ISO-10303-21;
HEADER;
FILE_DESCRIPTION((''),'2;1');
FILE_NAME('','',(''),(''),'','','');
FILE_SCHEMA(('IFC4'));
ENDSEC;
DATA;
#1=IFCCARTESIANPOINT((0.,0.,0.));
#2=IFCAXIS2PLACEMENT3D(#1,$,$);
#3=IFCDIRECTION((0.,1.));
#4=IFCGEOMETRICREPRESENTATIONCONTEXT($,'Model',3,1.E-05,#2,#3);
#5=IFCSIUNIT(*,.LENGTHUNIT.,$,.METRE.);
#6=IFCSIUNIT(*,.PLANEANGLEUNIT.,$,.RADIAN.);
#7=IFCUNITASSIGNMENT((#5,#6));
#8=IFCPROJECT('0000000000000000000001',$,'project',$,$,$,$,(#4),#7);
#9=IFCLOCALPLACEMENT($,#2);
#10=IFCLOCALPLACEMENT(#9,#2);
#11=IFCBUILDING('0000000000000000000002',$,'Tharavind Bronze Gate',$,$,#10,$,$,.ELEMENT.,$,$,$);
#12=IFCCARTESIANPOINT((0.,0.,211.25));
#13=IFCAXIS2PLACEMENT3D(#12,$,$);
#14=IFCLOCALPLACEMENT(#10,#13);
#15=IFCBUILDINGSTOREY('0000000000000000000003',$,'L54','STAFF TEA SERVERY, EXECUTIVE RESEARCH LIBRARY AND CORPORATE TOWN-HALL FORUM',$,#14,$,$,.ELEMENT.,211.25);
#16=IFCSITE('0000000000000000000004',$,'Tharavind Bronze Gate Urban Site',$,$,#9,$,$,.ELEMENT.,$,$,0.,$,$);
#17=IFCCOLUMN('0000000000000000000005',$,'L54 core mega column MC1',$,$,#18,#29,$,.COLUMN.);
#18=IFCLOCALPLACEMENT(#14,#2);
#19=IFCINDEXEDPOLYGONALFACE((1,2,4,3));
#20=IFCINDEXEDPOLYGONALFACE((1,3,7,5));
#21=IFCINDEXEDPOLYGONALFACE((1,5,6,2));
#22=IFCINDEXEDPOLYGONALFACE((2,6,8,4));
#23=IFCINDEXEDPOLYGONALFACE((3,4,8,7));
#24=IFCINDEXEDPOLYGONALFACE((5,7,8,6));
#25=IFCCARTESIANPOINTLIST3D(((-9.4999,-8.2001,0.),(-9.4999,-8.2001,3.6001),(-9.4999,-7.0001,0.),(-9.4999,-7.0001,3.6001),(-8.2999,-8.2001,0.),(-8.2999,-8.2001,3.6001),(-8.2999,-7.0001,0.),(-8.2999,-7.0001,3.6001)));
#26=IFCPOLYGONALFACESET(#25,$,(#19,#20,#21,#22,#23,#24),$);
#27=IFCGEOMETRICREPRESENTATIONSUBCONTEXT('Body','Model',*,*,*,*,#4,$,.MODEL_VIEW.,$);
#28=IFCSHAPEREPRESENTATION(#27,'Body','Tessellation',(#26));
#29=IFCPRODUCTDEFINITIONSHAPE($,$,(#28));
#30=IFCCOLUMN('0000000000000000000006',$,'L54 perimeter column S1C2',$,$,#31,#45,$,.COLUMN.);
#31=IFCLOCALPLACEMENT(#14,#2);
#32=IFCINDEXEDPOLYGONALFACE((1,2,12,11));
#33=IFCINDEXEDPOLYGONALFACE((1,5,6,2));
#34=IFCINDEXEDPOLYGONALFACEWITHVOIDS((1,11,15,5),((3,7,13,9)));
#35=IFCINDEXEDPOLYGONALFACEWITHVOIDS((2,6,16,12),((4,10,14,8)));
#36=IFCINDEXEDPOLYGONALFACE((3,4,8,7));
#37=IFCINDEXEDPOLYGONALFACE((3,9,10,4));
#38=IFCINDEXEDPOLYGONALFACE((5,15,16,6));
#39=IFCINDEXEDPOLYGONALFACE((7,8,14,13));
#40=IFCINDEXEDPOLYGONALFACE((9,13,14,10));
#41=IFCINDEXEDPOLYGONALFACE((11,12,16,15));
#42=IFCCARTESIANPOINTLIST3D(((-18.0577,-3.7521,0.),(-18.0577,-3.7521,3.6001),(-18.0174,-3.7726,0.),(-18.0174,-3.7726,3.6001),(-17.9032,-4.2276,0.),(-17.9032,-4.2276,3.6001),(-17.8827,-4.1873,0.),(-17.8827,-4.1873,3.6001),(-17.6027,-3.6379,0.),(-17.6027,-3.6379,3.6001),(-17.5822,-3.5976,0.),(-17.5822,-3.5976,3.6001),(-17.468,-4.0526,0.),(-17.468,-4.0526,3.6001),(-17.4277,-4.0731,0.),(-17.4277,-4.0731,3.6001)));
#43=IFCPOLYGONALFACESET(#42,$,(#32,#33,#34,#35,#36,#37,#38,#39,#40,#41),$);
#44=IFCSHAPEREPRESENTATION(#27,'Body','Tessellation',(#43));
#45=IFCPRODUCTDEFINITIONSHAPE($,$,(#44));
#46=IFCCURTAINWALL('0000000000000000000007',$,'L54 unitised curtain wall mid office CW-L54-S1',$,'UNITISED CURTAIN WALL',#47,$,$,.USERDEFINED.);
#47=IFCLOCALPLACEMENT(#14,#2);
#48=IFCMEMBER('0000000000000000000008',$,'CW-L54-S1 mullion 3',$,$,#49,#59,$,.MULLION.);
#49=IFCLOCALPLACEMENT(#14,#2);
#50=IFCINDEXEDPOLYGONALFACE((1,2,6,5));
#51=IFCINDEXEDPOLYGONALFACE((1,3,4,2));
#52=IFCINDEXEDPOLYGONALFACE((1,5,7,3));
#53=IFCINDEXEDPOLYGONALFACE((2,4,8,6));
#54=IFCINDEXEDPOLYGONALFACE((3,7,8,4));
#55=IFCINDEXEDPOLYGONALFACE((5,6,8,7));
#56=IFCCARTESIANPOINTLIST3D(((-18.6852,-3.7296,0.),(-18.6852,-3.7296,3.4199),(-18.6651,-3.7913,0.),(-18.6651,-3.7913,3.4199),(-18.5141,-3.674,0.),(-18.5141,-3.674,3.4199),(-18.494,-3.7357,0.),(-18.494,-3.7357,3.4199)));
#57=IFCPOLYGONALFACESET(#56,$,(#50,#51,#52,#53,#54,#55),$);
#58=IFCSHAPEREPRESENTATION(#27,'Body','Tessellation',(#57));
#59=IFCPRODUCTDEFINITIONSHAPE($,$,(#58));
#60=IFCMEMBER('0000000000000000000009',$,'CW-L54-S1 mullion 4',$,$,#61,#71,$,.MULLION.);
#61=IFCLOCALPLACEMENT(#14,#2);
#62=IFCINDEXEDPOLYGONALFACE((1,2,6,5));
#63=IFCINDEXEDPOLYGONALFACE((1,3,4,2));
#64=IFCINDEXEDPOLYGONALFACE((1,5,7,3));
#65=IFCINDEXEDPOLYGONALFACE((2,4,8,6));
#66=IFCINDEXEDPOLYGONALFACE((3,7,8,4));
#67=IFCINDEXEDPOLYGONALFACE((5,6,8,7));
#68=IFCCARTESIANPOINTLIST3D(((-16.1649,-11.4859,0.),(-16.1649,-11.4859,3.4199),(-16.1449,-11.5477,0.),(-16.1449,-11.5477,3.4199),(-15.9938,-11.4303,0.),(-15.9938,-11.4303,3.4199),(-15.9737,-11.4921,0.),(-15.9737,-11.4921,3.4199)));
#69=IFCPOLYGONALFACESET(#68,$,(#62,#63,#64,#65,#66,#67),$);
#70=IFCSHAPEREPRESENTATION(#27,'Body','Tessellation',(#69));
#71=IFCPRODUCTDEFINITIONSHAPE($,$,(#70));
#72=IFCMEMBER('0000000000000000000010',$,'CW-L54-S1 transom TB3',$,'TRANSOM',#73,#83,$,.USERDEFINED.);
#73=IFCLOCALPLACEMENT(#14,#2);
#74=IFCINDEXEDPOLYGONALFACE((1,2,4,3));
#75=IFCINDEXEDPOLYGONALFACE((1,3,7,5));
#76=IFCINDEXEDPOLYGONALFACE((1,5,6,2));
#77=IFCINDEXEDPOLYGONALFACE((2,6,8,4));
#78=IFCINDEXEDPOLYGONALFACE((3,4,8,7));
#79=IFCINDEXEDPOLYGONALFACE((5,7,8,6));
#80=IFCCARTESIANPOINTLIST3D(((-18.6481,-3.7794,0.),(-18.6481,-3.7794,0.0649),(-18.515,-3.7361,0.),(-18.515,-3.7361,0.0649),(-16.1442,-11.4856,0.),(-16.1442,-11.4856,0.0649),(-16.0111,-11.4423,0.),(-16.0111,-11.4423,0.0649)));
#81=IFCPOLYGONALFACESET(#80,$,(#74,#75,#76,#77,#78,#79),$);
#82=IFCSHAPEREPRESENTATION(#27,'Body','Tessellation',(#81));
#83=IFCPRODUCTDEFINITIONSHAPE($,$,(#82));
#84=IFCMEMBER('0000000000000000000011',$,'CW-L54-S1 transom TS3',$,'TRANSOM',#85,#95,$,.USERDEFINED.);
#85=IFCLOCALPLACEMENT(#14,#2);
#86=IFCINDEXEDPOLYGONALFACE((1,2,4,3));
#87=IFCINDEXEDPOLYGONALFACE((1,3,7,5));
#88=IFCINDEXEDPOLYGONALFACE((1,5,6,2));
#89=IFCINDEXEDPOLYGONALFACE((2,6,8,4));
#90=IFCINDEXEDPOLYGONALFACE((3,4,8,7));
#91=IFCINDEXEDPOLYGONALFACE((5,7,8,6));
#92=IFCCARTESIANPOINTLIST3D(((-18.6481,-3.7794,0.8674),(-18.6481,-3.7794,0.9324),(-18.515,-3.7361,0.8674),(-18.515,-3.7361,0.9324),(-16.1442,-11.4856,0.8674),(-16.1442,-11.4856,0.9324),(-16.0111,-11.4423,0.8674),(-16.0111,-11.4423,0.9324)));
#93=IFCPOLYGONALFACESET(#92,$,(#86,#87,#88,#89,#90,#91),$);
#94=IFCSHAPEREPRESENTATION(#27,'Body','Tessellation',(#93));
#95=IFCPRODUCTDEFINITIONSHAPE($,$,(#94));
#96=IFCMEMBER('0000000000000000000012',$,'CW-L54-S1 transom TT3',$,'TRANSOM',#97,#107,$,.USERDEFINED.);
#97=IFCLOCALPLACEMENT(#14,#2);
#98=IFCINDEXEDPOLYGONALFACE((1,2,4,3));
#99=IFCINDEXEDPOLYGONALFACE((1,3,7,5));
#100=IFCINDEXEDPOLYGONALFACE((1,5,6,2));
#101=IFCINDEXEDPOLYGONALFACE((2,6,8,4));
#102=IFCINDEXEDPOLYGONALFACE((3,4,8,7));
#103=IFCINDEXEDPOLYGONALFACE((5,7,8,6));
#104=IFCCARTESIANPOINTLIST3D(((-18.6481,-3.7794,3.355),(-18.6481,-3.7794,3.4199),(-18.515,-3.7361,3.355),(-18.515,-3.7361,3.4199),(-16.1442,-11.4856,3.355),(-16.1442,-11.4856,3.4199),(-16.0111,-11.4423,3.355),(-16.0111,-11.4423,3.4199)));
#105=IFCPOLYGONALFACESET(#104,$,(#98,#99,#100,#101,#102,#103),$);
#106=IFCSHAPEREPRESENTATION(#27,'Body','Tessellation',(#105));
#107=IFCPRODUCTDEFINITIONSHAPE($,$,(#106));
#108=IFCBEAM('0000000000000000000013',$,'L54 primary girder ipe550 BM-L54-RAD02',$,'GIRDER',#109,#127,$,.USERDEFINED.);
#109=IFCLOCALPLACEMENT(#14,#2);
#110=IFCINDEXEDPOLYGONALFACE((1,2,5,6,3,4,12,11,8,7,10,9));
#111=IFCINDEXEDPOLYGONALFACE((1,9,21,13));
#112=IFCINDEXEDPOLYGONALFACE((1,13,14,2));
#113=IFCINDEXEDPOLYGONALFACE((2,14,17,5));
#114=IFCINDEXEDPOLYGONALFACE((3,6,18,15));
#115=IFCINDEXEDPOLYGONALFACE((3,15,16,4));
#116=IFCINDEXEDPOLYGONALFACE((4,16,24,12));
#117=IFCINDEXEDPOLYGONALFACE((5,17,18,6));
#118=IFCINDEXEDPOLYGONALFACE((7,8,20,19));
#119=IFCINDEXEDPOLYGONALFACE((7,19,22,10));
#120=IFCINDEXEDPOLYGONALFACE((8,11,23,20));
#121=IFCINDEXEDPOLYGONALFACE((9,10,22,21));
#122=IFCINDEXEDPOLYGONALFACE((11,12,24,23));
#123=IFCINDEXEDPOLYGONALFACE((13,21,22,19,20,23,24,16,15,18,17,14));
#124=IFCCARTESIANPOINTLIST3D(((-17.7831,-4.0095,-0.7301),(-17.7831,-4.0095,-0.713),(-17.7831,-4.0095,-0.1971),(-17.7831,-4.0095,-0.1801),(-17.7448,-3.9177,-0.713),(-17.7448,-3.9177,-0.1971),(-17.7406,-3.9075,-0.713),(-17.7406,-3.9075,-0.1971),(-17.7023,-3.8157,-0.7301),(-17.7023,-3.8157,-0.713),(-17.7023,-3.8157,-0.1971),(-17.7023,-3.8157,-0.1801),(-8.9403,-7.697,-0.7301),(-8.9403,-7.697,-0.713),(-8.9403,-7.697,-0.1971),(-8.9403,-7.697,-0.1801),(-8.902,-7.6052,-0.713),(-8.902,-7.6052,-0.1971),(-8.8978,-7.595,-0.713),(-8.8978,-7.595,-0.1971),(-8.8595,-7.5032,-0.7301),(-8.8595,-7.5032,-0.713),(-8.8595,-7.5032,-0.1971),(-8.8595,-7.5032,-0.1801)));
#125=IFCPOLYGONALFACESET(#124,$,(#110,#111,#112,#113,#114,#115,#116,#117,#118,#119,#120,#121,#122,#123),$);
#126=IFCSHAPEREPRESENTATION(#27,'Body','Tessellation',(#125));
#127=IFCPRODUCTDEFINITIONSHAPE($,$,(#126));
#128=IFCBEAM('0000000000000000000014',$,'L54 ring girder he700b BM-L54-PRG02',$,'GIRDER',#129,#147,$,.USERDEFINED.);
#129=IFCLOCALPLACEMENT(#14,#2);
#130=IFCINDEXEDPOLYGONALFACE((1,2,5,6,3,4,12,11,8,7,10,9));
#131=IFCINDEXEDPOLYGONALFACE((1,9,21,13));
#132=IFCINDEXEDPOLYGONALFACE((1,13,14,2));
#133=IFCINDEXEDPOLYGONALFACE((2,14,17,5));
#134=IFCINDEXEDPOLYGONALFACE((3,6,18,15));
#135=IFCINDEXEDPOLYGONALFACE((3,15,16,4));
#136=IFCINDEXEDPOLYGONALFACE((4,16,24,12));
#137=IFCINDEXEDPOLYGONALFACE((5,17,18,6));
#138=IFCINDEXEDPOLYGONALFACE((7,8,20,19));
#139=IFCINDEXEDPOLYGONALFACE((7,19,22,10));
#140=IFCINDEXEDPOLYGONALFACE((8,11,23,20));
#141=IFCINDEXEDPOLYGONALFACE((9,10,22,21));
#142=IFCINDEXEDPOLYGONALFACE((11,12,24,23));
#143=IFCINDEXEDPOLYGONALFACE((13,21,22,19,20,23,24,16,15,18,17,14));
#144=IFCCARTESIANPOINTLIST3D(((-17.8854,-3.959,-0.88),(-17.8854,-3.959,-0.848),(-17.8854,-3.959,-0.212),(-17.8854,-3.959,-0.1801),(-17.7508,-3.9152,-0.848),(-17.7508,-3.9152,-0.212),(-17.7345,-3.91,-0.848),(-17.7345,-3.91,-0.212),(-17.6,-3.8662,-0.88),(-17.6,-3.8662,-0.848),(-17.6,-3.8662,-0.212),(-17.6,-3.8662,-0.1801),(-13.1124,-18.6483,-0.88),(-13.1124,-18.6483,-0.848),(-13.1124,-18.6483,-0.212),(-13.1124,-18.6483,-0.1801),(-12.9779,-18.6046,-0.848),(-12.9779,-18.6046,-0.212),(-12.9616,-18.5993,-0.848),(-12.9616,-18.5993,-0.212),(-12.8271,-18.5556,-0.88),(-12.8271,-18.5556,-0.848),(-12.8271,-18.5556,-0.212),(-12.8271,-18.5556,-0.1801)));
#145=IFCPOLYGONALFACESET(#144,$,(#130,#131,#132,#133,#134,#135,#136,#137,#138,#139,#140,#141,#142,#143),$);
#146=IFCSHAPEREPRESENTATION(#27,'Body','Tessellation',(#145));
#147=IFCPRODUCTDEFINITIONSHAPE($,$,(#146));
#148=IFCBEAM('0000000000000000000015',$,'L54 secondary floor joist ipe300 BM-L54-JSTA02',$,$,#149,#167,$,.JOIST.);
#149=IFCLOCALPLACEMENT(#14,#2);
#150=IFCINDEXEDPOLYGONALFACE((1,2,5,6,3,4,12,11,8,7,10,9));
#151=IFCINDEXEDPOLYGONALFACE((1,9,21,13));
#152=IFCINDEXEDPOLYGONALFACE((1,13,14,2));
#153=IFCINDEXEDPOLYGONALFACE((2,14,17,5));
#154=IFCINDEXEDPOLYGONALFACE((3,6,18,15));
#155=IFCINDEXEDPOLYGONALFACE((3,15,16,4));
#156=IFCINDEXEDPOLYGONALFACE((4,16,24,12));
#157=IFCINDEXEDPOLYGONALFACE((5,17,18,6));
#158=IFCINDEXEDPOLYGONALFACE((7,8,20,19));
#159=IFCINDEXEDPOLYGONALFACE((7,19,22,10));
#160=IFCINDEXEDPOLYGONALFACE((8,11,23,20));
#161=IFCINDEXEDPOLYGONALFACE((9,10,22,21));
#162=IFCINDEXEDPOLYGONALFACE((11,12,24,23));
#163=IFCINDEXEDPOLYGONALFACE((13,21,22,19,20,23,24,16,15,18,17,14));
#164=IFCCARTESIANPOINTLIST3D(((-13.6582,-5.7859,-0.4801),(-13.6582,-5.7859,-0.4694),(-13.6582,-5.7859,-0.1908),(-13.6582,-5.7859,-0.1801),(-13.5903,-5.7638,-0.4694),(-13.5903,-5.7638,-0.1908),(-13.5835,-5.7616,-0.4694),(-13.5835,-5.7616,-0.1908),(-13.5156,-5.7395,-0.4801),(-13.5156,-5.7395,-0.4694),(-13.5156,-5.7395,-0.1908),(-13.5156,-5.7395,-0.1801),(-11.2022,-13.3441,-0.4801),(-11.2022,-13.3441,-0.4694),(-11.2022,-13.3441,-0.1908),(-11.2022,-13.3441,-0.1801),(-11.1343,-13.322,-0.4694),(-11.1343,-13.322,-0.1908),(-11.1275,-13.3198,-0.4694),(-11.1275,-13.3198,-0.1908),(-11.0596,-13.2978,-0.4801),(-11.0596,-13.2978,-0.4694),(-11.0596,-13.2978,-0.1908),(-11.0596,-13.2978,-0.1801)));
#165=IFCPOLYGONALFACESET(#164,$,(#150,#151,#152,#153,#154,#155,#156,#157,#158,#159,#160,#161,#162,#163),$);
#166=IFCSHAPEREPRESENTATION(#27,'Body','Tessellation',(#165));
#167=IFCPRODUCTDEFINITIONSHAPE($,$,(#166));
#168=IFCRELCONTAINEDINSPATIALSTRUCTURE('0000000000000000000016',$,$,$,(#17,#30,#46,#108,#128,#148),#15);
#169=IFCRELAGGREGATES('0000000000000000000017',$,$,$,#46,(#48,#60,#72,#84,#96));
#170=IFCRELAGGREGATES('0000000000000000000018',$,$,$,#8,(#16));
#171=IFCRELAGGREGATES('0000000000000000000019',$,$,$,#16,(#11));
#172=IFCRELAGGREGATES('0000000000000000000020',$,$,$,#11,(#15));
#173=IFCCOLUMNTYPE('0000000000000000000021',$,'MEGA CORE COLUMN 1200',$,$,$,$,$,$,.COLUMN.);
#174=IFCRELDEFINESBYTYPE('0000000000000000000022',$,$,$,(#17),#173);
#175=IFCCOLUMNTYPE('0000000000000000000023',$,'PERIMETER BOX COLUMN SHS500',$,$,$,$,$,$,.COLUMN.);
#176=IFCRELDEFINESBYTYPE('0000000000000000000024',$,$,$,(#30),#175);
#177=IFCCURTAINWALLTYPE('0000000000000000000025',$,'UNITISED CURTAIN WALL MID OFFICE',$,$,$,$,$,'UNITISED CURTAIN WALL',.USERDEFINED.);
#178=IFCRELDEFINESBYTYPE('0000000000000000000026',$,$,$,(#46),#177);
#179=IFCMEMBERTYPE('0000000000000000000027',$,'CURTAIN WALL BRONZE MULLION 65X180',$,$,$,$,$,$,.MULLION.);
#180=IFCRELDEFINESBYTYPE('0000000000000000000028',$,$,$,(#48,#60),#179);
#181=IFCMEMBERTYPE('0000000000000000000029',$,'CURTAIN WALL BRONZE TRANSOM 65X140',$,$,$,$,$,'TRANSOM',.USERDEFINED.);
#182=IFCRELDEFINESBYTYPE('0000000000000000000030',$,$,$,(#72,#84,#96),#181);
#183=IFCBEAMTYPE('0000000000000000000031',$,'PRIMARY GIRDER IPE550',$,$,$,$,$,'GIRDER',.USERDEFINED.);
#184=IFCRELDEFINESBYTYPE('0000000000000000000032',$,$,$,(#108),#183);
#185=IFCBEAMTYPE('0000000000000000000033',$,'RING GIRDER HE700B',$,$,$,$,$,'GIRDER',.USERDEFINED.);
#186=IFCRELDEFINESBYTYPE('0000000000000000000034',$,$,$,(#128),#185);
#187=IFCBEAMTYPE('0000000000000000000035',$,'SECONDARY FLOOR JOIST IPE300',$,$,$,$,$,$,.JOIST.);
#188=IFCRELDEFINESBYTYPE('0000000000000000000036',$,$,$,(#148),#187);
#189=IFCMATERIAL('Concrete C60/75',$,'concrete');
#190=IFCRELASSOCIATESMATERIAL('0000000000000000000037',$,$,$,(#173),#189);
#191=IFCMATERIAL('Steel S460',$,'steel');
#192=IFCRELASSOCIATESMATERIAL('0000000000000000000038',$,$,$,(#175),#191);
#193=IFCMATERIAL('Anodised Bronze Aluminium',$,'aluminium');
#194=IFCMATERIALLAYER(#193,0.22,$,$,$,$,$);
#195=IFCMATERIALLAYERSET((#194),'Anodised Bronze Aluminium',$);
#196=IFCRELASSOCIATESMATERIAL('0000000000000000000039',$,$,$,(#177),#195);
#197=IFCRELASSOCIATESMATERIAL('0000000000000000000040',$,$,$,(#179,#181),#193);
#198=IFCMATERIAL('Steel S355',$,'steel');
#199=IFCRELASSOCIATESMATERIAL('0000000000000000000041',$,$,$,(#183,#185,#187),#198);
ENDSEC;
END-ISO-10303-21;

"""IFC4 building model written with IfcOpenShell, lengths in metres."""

from ifc_helpers import new_model, si_unit, direction, frame, origin, origin_2d, place, context, subcontext, project, spatial, rectangle, hollow_rectangle, i_section, extrude, material, layer, layer_set, material_profile, profile_set, type_object, element, aggregate, save


model = new_model("IFC4")

# Units and contexts
model_context = context("Model", 3, precision=1e-05, world=origin(), true_north=direction((0.0, 1.0)))
body_context = subcontext(model_context, "Body", "Model", "MODEL_VIEW")
ifc_project = project(units=[si_unit("LENGTHUNIT", "METRE"), si_unit("PLANEANGLEUNIT", "RADIAN")], contexts=[model_context])

# Site, building, storey
site_placement = place(None, origin())
site = spatial("IfcSite", under=ifc_project, at=site_placement, Name="Tharavind Bronze Gate Urban Site", CompositionType="ELEMENT", RefElevation=0.0)
building_placement = place(site_placement, origin())
building = spatial("IfcBuilding", under=site, at=building_placement, Name="Tharavind Bronze Gate", CompositionType="ELEMENT")
storey_placement = place(building_placement, frame((0.0, 0.0, 211.25)))
storey = spatial("IfcBuildingStorey", under=building, at=storey_placement, Name="L54", Description="STAFF TEA SERVERY, EXECUTIVE RESEARCH LIBRARY AND CORPORATE TOWN-HALL FORUM", CompositionType="ELEMENT", Elevation=211.25)

# Columns
ifc_material_1 = material(Name="Concrete C60/75", Category="concrete")
ifc_material_profile_1 = material_profile(ifc_material_1, rectangle(XDim=1.2, YDim=1.2, at=origin_2d()), Name="RCCOL1200")
ifc_profile_set_1 = profile_set([ifc_material_profile_1], Name="Concrete C60/75")
column_type_1 = type_object("IfcColumnType", Name="MEGA CORE COLUMN 1200", PredefinedType="COLUMN", material=ifc_profile_set_1)
column_1_placement = place(storey_placement, frame((-8.8999, -7.6001, 0.0), z_axis=(0.0, 0.0, 1.0), x_axis=(1.0, 0.0, 0.0)))
element("IfcColumn", 1, at=column_1_placement, inside=storey, type_object=column_type_1, Name="L54 core mega column MC1", PredefinedType="COLUMN", context=body_context, shape_type="SweptSolid", body=[
    extrude(rectangle(XDim=1.2, YDim=1.2, at=origin_2d()), origin(), (0.0, 0.0, 1.0), 3.6001),
])
ifc_material_2 = material(Name="Steel S460", Category="steel")
ifc_material_profile_2 = material_profile(ifc_material_2, hollow_rectangle(XDim=0.5, YDim=0.5, WallThickness=0.032, at=origin_2d()), Name="SHS500X32")
ifc_profile_set_2 = profile_set([ifc_material_profile_2], Name="Steel S460")
column_type_2 = type_object("IfcColumnType", Name="PERIMETER BOX COLUMN SHS500", PredefinedType="COLUMN", material=ifc_profile_set_2)
column_2_placement = place(storey_placement, frame((-17.7427, -3.9126, 0.0), z_axis=(0.0, 0.0, 1.0), x_axis=(-0.309017, 0.951057, 0.0)))
element("IfcColumn", 2, at=column_2_placement, inside=storey, type_object=column_type_2, Name="L54 perimeter column S1C2", PredefinedType="COLUMN", context=body_context, shape_type="SweptSolid", body=[
    extrude(hollow_rectangle(XDim=0.5, YDim=0.5, WallThickness=0.032, at=origin_2d()), origin(), (0.0, 0.0, 1.0), 3.6001),
])

# Curtain wall, members
ifc_material_3 = material(Name="Anodised Bronze Aluminium", Category="aluminium")
ifc_layer_1 = layer(ifc_material_3, 0.22)
ifc_layer_set_1 = layer_set([ifc_layer_1], Name="Anodised Bronze Aluminium")
curtain_wall_type = type_object("IfcCurtainWallType", Name="UNITISED CURTAIN WALL MID OFFICE", ElementType="UNITISED CURTAIN WALL", PredefinedType="USERDEFINED", material=ifc_layer_set_1)
curtain_wall_placement = place(storey_placement, origin())
curtain_wall = element("IfcCurtainWall", 3, at=curtain_wall_placement, inside=storey, type_object=curtain_wall_type, Name="L54 unitised curtain wall mid office CW-L54-S1", ObjectType="UNITISED CURTAIN WALL", PredefinedType="USERDEFINED")
member_type_1 = type_object("IfcMemberType", Name="CURTAIN WALL BRONZE MULLION 65X180", PredefinedType="MULLION", material=ifc_material_3)
member_1_placement = place(storey_placement, frame((-18.5896, -3.7327, 0.0), z_axis=(0.0, 0.0, 1.0), x_axis=(0.309017, -0.951057, 0.0)))
member_1 = element("IfcMember", 4, at=member_1_placement, type_object=member_type_1, Name="CW-L54-S1 mullion 3", PredefinedType="MULLION", context=body_context, shape_type="SweptSolid", body=[
    extrude(rectangle(XDim=0.0649, YDim=0.1799, at=origin_2d()), origin(), (0.0, 0.0, 1.0), 3.4199),
])
member_2_placement = place(storey_placement, frame((-16.0693, -11.489, 0.0), z_axis=(0.0, 0.0, 1.0), x_axis=(0.309017, -0.951057, 0.0)))
member_2 = element("IfcMember", 5, at=member_2_placement, type_object=member_type_1, Name="CW-L54-S1 mullion 4", PredefinedType="MULLION", context=body_context, shape_type="SweptSolid", body=[
    extrude(rectangle(XDim=0.0649, YDim=0.1799, at=origin_2d()), origin(), (0.0, 0.0, 1.0), 3.4199),
])
member_type_2 = type_object("IfcMemberType", Name="CURTAIN WALL BRONZE TRANSOM 65X140", ElementType="TRANSOM", PredefinedType="USERDEFINED", material=ifc_material_3)
member_3_placement = place(storey_placement, frame((-17.3296, -7.6108, 0.0), z_axis=(0.0, 0.0, 1.0), x_axis=(0.309017, -0.951057, 0.0)))
member_3 = element("IfcMember", 6, at=member_3_placement, type_object=member_type_2, Name="CW-L54-S1 transom TB3", ObjectType="TRANSOM", PredefinedType="USERDEFINED", context=body_context, shape_type="SweptSolid", body=[
    extrude(rectangle(XDim=8.1028, YDim=0.1399, at=origin_2d()), origin(), (0.0, 0.0, 1.0), 0.0649),
])
member_4_placement = place(storey_placement, frame((-17.3296, -7.6108, 0.8674), z_axis=(0.0, 0.0, 1.0), x_axis=(0.309017, -0.951057, 0.0)))
member_4 = element("IfcMember", 7, at=member_4_placement, type_object=member_type_2, Name="CW-L54-S1 transom TS3", ObjectType="TRANSOM", PredefinedType="USERDEFINED", context=body_context, shape_type="SweptSolid", body=[
    extrude(rectangle(XDim=8.1028, YDim=0.1399, at=origin_2d()), origin(), (0.0, 0.0, 1.0), 0.0649),
])
member_5_placement = place(storey_placement, frame((-17.3296, -7.6108, 3.355), z_axis=(0.0, 0.0, 1.0), x_axis=(0.309017, -0.951057, 0.0)))
member_5 = element("IfcMember", 8, at=member_5_placement, type_object=member_type_2, Name="CW-L54-S1 transom TT3", ObjectType="TRANSOM", PredefinedType="USERDEFINED", context=body_context, shape_type="SweptSolid", body=[
    extrude(rectangle(XDim=8.1028, YDim=0.1399, at=origin_2d()), origin(), (0.0, 0.0, 1.0), 0.0649),
])

# Beams
ifc_material_4 = material(Name="Steel S355", Category="steel")
ifc_material_profile_3 = material_profile(ifc_material_4, i_section(OverallWidth=0.21, OverallDepth=0.55, WebThickness=0.011, FlangeThickness=0.0171, at=origin_2d()), Name="IPE550")
ifc_profile_set_3 = profile_set([ifc_material_profile_3], Name="Steel S355")
beam_type_1 = type_object("IfcBeamType", Name="PRIMARY GIRDER IPE550", ElementType="GIRDER", PredefinedType="USERDEFINED", material=ifc_profile_set_3)
beam_1_placement = place(storey_placement, frame((-17.7427, -3.9126, -0.4551), z_axis=(0.922965, -0.384883, 0.0), x_axis=(0.384883, 0.922965, 0.0)))
element("IfcBeam", 9, at=beam_1_placement, inside=storey, type_object=beam_type_1, Name="L54 primary girder ipe550 BM-L54-RAD02", ObjectType="GIRDER", PredefinedType="USERDEFINED", context=body_context, shape_type="SweptSolid", body=[
    extrude(i_section(OverallWidth=0.21, OverallDepth=0.55, WebThickness=0.011, FlangeThickness=0.0171, at=origin_2d()), origin(), (0.0, 0.0, 1.0), 9.5808),
])
ifc_material_profile_4 = material_profile(ifc_material_4, i_section(OverallWidth=0.3, OverallDepth=0.7, WebThickness=0.0171, FlangeThickness=0.032, at=origin_2d()), Name="HE700B")
ifc_profile_set_4 = profile_set([ifc_material_profile_4], Name="Steel S355")
beam_type_2 = type_object("IfcBeamType", Name="RING GIRDER HE700B", ElementType="GIRDER", PredefinedType="USERDEFINED", material=ifc_profile_set_4)
beam_2_placement = place(storey_placement, frame((-17.7427, -3.9126, -0.53), z_axis=(0.30902, -0.951055, 0.0), x_axis=(0.951055, 0.30902, 0.0)))
element("IfcBeam", 10, at=beam_2_placement, inside=storey, type_object=beam_type_2, Name="L54 ring girder he700b BM-L54-PRG02", ObjectType="GIRDER", PredefinedType="USERDEFINED", context=body_context, shape_type="SweptSolid", body=[
    extrude(i_section(OverallWidth=0.3, OverallDepth=0.7, WebThickness=0.0171, FlangeThickness=0.032, at=origin_2d()), origin(), (0.0, 0.0, 1.0), 15.4453),
])
ifc_material_profile_5 = material_profile(ifc_material_4, i_section(OverallWidth=0.1499, OverallDepth=0.3, WebThickness=0.0071, FlangeThickness=0.0107, at=origin_2d()), Name="IPE300")
ifc_profile_set_5 = profile_set([ifc_material_profile_5], Name="Steel S355")
beam_type_3 = type_object("IfcBeamType", Name="SECONDARY FLOOR JOIST IPE300", PredefinedType="JOIST", material=ifc_profile_set_5)
beam_3_placement = place(storey_placement, frame((-13.5869, -5.7627, -0.3301), z_axis=(0.30904, -0.951049, 0.0), x_axis=(0.951049, 0.30904, 0.0)))
element("IfcBeam", 11, at=beam_3_placement, inside=storey, type_object=beam_type_3, Name="L54 secondary floor joist ipe300 BM-L54-JSTA02", PredefinedType="JOIST", context=body_context, shape_type="SweptSolid", body=[
    extrude(i_section(OverallWidth=0.1499, OverallDepth=0.3, WebThickness=0.0071, FlangeThickness=0.0107, at=origin_2d()), origin(), (0.0, 0.0, 1.0), 7.9473),
])

aggregate(curtain_wall, [member_1, member_2, member_3, member_4, member_5])

save(model, "model.ifc")
